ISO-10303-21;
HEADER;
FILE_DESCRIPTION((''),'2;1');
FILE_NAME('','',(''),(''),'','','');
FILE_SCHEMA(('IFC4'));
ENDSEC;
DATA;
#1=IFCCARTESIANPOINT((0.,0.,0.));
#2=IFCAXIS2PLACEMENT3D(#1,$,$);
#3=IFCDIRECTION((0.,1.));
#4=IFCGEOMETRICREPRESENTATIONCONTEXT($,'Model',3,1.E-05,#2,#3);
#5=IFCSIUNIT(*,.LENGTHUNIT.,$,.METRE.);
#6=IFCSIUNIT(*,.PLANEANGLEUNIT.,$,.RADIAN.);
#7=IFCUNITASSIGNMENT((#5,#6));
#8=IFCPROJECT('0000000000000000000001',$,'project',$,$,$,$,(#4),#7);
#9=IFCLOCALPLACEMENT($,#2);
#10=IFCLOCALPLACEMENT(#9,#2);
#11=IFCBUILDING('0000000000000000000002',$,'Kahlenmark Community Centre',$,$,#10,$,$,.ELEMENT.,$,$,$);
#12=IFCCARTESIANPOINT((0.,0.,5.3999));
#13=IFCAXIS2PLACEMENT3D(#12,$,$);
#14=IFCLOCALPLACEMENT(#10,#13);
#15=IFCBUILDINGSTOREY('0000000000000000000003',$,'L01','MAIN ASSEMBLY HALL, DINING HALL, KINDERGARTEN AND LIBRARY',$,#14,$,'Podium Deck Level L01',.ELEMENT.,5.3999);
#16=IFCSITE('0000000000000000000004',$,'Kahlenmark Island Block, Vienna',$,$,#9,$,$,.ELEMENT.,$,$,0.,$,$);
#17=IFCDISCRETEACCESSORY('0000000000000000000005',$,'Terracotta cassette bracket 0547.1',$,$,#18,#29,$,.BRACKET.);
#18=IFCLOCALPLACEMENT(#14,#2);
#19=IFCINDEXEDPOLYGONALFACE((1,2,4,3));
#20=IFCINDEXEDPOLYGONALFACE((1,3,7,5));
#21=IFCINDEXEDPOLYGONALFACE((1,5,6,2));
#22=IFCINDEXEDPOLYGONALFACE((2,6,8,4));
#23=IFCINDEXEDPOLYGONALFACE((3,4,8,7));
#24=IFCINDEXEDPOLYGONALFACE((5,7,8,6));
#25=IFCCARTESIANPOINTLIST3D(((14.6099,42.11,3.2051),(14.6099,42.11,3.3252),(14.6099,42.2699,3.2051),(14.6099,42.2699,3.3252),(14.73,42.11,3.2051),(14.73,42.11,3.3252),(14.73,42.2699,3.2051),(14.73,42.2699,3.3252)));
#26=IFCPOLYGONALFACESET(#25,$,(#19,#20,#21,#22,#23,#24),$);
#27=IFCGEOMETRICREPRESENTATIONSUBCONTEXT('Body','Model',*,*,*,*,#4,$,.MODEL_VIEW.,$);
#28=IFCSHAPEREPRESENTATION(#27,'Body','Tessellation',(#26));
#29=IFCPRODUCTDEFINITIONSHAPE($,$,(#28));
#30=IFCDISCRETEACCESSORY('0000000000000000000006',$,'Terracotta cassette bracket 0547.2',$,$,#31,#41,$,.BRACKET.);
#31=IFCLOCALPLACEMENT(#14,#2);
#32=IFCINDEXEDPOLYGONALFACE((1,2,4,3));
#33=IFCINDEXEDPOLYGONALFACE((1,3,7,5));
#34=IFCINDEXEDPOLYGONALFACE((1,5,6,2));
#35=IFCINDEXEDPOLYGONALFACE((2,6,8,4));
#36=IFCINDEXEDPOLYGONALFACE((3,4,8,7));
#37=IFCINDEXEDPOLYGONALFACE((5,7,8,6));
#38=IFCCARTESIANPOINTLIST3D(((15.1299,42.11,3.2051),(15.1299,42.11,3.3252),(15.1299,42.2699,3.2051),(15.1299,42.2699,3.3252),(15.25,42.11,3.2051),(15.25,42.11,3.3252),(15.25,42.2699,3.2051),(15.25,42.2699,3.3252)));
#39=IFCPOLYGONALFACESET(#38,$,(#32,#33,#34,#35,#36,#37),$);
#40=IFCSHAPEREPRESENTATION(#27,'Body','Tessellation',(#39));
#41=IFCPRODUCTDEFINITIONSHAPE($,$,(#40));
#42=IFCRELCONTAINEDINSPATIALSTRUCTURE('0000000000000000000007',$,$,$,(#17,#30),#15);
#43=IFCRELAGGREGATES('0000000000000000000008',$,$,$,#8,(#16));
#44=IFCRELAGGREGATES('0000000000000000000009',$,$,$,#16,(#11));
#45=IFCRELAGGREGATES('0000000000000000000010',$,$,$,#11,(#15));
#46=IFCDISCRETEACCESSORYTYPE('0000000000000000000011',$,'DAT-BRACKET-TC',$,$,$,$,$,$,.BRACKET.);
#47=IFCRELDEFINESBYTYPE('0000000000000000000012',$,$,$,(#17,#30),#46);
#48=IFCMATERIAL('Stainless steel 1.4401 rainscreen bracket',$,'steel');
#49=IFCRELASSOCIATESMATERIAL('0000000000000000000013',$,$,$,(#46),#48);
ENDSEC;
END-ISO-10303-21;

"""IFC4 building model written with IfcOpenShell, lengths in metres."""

from ifc_helpers import new_model, si_unit, direction, frame, origin, origin_2d, place, context, subcontext, project, spatial, rectangle, extrude, material, type_object, element, save


model = new_model("IFC4")

# Units and contexts
model_context = context("Model", 3, precision=1e-05, world=origin(), true_north=direction((0.0, 1.0)))
body_context = subcontext(model_context, "Body", "Model", "MODEL_VIEW")
ifc_project = project(units=[si_unit("LENGTHUNIT", "METRE"), si_unit("PLANEANGLEUNIT", "RADIAN")], contexts=[model_context])

# Site, building, storey
site_placement = place(None, origin())
site = spatial("IfcSite", under=ifc_project, at=site_placement, Name="Kahlenmark Island Block, Vienna", CompositionType="ELEMENT", RefElevation=0.0)
building_placement = place(site_placement, origin())
building = spatial("IfcBuilding", under=site, at=building_placement, Name="Kahlenmark Community Centre", CompositionType="ELEMENT")
storey_placement = place(building_placement, frame((0.0, 0.0, 5.3999)))
storey = spatial("IfcBuildingStorey", under=building, at=storey_placement, Name="L01", Description="MAIN ASSEMBLY HALL, DINING HALL, KINDERGARTEN AND LIBRARY", LongName="Podium Deck Level L01", CompositionType="ELEMENT", Elevation=5.3999)

# Discrete accessories
ifc_material_1 = material(Name="Stainless steel 1.4401 rainscreen bracket", Category="steel")
discrete_accessory_type = type_object("IfcDiscreteAccessoryType", Name="DAT-BRACKET-TC", PredefinedType="BRACKET", material=ifc_material_1)
for number, where, z_axis, x_axis, name in (
    (1, (14.6699, 42.1899, 3.2051), (0.0, 0.0, 1.0), (1.0, 0.0, 0.0), "Terracotta cassette bracket 0547.1"),
    (2, (15.1899, 42.1899, 3.2051), (0.0, 0.0, 1.0), (1.0, 0.0, 0.0), "Terracotta cassette bracket 0547.2"),
):
    element("IfcDiscreteAccessory", number, at=place(storey_placement, frame(where, z_axis=z_axis, x_axis=x_axis)), inside=storey, type_object=discrete_accessory_type, Name=name, PredefinedType="BRACKET", context=body_context, shape_type="SweptSolid", body=[
        extrude(rectangle(XDim=0.1201, YDim=0.1599, at=origin_2d()), origin(), (0.0, 0.0, 1.0), 0.1201),
    ])

save(model, "model.ifc")
